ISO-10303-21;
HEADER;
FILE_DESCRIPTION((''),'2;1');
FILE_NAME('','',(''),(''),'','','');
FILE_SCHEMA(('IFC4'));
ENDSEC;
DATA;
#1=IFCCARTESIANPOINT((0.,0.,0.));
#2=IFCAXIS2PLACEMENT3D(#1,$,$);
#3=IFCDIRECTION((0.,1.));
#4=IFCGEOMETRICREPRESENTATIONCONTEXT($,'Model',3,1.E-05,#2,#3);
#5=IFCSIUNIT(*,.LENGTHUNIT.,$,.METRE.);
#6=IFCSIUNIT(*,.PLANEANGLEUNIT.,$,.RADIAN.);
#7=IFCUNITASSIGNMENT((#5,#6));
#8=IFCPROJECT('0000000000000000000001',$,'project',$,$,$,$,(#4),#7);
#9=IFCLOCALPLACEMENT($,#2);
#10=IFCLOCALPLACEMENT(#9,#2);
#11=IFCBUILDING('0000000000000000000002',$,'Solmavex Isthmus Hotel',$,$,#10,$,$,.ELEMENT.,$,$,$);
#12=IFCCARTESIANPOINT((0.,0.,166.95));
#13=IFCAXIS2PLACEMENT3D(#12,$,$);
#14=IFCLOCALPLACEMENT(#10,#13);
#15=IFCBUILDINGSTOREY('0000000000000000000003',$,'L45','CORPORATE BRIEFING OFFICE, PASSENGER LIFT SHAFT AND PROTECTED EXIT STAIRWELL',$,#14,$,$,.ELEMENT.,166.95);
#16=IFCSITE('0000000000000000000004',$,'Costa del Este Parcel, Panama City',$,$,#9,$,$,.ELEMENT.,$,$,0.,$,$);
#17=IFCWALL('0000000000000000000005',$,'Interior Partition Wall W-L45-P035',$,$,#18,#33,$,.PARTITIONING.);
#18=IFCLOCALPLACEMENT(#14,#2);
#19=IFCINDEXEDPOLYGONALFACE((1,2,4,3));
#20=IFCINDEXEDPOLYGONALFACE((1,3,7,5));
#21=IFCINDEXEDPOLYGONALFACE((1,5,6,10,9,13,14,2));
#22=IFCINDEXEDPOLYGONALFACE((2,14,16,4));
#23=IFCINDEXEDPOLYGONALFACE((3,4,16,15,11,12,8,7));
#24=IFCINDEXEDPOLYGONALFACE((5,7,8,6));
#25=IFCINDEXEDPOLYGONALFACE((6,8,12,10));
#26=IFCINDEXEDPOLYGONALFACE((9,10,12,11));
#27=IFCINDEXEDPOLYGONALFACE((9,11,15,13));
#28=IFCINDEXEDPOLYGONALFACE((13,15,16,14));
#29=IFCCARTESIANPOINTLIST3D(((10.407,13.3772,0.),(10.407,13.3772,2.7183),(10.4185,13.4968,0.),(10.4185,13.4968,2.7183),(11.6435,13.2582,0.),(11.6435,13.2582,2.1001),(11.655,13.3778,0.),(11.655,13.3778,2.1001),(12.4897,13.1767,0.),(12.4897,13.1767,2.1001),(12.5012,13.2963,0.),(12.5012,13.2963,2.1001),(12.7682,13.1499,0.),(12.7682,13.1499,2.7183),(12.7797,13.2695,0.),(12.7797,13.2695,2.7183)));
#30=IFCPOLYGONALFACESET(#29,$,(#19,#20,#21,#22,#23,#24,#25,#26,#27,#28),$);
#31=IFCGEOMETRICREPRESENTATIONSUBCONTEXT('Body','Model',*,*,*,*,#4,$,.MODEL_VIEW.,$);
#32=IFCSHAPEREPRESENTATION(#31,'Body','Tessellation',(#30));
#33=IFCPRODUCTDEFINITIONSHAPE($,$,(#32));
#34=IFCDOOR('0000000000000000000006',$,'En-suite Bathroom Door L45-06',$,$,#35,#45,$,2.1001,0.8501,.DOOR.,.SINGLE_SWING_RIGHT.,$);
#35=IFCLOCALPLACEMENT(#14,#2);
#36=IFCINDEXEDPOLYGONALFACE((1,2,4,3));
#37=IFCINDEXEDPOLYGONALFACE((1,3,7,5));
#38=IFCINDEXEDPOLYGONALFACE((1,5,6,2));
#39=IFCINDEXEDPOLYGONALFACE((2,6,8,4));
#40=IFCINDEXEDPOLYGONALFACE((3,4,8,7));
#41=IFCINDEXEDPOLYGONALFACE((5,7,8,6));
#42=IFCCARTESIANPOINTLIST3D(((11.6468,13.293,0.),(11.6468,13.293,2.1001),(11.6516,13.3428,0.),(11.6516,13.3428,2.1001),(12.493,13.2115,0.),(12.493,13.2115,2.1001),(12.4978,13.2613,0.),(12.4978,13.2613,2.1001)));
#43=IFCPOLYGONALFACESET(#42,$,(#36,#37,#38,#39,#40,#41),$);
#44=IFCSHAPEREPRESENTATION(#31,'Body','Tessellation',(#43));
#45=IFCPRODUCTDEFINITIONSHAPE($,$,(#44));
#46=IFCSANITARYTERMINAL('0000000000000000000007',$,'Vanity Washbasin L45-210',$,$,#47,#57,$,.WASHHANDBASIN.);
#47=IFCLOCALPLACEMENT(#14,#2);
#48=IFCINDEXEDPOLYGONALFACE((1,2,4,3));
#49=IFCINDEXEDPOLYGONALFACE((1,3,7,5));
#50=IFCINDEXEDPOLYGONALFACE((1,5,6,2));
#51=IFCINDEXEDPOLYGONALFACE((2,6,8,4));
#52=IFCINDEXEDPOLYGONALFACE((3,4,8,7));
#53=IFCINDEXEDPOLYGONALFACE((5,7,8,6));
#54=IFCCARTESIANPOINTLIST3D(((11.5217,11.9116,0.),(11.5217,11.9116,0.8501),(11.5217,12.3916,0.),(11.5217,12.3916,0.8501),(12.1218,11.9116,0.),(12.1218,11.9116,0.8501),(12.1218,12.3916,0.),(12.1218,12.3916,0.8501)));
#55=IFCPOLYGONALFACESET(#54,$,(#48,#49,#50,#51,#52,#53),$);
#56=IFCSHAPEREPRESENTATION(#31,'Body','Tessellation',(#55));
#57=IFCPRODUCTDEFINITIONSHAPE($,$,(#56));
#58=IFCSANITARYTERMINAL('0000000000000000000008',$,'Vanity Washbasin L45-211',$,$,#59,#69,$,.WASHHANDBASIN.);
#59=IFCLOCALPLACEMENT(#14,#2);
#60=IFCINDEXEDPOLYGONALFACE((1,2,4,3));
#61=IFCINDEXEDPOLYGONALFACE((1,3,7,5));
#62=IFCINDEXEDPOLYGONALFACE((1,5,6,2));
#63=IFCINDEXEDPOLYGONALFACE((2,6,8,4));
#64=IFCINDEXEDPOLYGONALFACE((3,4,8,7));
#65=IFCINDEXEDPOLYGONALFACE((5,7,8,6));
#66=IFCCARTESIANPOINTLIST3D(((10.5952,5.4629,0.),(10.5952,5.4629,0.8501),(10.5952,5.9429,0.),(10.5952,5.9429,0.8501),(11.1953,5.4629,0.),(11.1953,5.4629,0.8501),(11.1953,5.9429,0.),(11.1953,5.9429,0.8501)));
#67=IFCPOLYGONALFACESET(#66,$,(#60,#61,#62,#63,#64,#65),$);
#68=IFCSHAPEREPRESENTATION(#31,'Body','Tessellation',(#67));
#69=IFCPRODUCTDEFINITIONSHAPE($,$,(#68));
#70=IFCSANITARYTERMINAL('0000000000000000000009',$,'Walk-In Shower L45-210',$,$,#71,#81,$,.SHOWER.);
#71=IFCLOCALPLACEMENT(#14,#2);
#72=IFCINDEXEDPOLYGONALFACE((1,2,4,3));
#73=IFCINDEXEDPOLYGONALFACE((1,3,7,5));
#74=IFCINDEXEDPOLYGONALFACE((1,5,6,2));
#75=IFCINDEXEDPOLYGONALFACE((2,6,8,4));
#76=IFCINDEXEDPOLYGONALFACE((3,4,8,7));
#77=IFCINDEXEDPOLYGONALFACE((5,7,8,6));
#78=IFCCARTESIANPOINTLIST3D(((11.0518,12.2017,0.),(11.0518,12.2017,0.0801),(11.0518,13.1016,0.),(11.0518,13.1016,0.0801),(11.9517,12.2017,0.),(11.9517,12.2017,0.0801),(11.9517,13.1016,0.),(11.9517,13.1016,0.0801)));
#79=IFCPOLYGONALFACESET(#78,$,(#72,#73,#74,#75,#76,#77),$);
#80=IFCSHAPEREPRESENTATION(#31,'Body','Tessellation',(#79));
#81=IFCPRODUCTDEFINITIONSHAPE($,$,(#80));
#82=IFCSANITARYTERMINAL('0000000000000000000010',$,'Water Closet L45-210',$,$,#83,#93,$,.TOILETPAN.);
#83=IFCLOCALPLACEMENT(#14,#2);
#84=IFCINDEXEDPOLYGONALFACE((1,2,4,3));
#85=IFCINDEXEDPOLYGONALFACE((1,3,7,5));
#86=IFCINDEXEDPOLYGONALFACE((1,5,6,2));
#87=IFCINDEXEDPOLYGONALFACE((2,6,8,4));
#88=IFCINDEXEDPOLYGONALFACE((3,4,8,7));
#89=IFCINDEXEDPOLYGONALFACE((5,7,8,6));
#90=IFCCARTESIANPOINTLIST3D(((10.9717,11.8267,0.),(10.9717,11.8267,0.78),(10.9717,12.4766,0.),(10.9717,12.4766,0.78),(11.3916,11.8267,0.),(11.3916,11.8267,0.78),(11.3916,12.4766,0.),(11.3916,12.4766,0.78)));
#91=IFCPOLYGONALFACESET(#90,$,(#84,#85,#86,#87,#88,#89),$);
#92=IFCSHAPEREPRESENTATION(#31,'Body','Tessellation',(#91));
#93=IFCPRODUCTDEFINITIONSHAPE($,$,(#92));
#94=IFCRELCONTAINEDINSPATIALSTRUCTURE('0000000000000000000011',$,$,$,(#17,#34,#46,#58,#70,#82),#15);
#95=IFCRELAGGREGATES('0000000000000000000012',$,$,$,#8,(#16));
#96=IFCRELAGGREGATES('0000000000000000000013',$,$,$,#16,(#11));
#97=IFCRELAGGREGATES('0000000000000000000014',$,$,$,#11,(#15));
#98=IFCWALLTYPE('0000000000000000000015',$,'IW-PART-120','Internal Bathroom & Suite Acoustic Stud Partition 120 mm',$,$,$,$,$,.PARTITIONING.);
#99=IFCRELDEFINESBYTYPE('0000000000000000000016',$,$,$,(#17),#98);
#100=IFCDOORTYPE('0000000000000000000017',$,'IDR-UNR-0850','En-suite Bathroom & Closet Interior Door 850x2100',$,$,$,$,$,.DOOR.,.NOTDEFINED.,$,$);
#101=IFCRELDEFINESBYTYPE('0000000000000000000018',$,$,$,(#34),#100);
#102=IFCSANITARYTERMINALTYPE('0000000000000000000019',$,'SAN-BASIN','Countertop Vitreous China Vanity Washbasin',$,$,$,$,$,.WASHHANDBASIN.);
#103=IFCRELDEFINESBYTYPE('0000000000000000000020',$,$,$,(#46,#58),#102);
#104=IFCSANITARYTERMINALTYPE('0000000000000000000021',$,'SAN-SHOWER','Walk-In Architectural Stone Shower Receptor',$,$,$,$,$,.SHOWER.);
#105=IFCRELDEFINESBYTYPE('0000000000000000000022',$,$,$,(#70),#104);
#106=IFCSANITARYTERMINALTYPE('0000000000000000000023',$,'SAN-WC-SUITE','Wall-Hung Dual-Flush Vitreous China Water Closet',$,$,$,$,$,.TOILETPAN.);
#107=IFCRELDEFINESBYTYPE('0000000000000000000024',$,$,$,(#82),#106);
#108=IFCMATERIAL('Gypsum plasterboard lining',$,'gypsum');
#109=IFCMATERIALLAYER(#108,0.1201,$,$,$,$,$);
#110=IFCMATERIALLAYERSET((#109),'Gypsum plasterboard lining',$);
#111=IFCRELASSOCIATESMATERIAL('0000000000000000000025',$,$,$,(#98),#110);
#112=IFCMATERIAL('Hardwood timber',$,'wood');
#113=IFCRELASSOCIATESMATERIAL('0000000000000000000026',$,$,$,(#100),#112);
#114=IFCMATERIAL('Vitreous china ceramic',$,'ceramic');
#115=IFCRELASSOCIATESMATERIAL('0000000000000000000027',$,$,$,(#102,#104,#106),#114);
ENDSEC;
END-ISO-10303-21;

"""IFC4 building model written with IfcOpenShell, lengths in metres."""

from ifc_helpers import new_model, si_unit, direction, frame, frame_2d, origin, origin_2d, place, context, subcontext, project, spatial, rectangle, extrude, material, layer, layer_set, type_object, element, fill, save


model = new_model("IFC4")

# Units and contexts
model_context = context("Model", 3, precision=1e-05, world=origin(), true_north=direction((0.0, 1.0)))
body_context = subcontext(model_context, "Body", "Model", "MODEL_VIEW")
ifc_project = project(units=[si_unit("LENGTHUNIT", "METRE"), si_unit("PLANEANGLEUNIT", "RADIAN")], contexts=[model_context])

# Site, building, storey
site_placement = place(None, origin())
site = spatial("IfcSite", under=ifc_project, at=site_placement, Name="Costa del Este Parcel, Panama City", CompositionType="ELEMENT", RefElevation=0.0)
building_placement = place(site_placement, origin())
building = spatial("IfcBuilding", under=site, at=building_placement, Name="Solmavex Isthmus Hotel", CompositionType="ELEMENT")
storey_placement = place(building_placement, frame((0.0, 0.0, 166.95)))
storey = spatial("IfcBuildingStorey", under=building, at=storey_placement, Name="L45", Description="CORPORATE BRIEFING OFFICE, PASSENGER LIFT SHAFT AND PROTECTED EXIT STAIRWELL", CompositionType="ELEMENT", Elevation=166.95)

# Shared definitions
ifc_material_1 = material(Name="Gypsum plasterboard lining", Category="gypsum")

# Shared definitions
ifc_material_2 = material(Name="Hardwood timber", Category="wood")

# Shared definitions
ifc_layer_1 = layer(ifc_material_1, 0.1201)
ifc_layer_set_1 = layer_set([ifc_layer_1], Name="Gypsum plasterboard lining")
wall_type_1 = type_object("IfcWallType", Name="IW-PART-120", Description="Internal Bathroom & Suite Acoustic Stud Partition 120 mm", PredefinedType="PARTITIONING", material=ifc_layer_set_1)

# Wall, opening, door
wall_1_placement = place(storey_placement, frame((12.7739, 13.2097, 0.0), z_axis=(0.0, 0.0, 1.0), x_axis=(-0.995398, 0.095824, 0.0)))
wall_1 = element("IfcWall", 1, at=wall_1_placement, inside=storey, type_object=wall_type_1, Name="Interior Partition Wall W-L45-P035", PredefinedType="PARTITIONING", context=body_context, shape_type="SweptSolid", body=[
    extrude(rectangle(XDim=2.3721, YDim=0.1201, at=frame_2d((1.186, 0.0))), origin(), (0.0, 0.0, 1.0), 2.7183),
])
opening_1_placement = place(wall_1_placement, frame((0.2798, 0.0, 0.0)))
opening_1 = element("IfcOpeningElement", 2, at=opening_1_placement, cuts=wall_1, PredefinedType="OPENING", context=body_context, shape_type="SweptSolid", body=[
    extrude(rectangle(XDim=0.8501, YDim=2.1001, at=frame_2d((0.425, 1.05))), frame((0.0, 0.0701, 0.0), z_axis=(0.0, -1.0, 0.0), x_axis=(1.0, 0.0, 0.0)), (0.0, 0.0, 1.0), 0.1401),
])
door_type_1 = type_object("IfcDoorType", Name="IDR-UNR-0850", Description="En-suite Bathroom & Closet Interior Door 850x2100", OperationType="NOTDEFINED", PredefinedType="DOOR", material=ifc_material_2)
door_1_placement = place(opening_1_placement, frame((0.8501, 0.0, 0.0), z_axis=(0.0, 0.0, 1.0), x_axis=(-1.0, 0.0, 0.0)))
door_1 = element("IfcDoor", 3, at=door_1_placement, inside=storey, type_object=door_type_1, Name="En-suite Bathroom Door L45-06", OperationType="SINGLE_SWING_RIGHT", OverallHeight=2.1001, OverallWidth=0.8501, PredefinedType="DOOR", context=body_context, shape_type="SweptSolid", body=[
    extrude(rectangle(XDim=0.8501, YDim=2.1001, at=frame_2d((0.425, 1.05))), frame((0.0, 0.0249, 0.0), z_axis=(0.0, -1.0, 0.0), x_axis=(1.0, 0.0, 0.0)), (0.0, 0.0, 1.0), 0.05),
])
fill(opening_1, door_1)

# Sanitary terminals
ifc_material_3 = material(Name="Vitreous china ceramic", Category="ceramic")
sanitary_terminal_type_1 = type_object("IfcSanitaryTerminalType", Name="SAN-BASIN", Description="Countertop Vitreous China Vanity Washbasin", PredefinedType="WASHHANDBASIN", material=ifc_material_3)
for number, where, z_axis, x_axis, name in (
    (4, (11.8218, 12.1516, 0.0), (0.0, 0.0, 1.0), (1.0, 0.0, 0.0), "Vanity Washbasin L45-210"),
    (5, (10.8953, 5.7029, 0.0), (0.0, 0.0, 1.0), (1.0, 0.0, 0.0), "Vanity Washbasin L45-211"),
):
    element("IfcSanitaryTerminal", number, at=place(storey_placement, frame(where, z_axis=z_axis, x_axis=x_axis)), inside=storey, type_object=sanitary_terminal_type_1, Name=name, PredefinedType="WASHHANDBASIN", context=body_context, shape_type="SweptSolid", body=[
        extrude(rectangle(XDim=0.6001, YDim=0.48, at=origin_2d()), origin(), (0.0, 0.0, 1.0), 0.8501),
    ])
sanitary_terminal_type_2 = type_object("IfcSanitaryTerminalType", Name="SAN-SHOWER", Description="Walk-In Architectural Stone Shower Receptor", PredefinedType="SHOWER", material=ifc_material_3)
sanitary_terminal_1_placement = place(storey_placement, frame((11.5017, 12.6516, 0.0), z_axis=(0.0, 0.0, 1.0), x_axis=(1.0, 0.0, 0.0)))
element("IfcSanitaryTerminal", 6, at=sanitary_terminal_1_placement, inside=storey, type_object=sanitary_terminal_type_2, Name="Walk-In Shower L45-210", PredefinedType="SHOWER", context=body_context, shape_type="SweptSolid", body=[
    extrude(rectangle(XDim=0.8999, YDim=0.8999, at=origin_2d()), origin(), (0.0, 0.0, 1.0), 0.0801),
])
sanitary_terminal_type_3 = type_object("IfcSanitaryTerminalType", Name="SAN-WC-SUITE", Description="Wall-Hung Dual-Flush Vitreous China Water Closet", PredefinedType="TOILETPAN", material=ifc_material_3)
sanitary_terminal_2_placement = place(storey_placement, frame((11.1816, 12.1516, 0.0), z_axis=(0.0, 0.0, 1.0), x_axis=(1.0, 0.0, 0.0)))
element("IfcSanitaryTerminal", 7, at=sanitary_terminal_2_placement, inside=storey, type_object=sanitary_terminal_type_3, Name="Water Closet L45-210", PredefinedType="TOILETPAN", context=body_context, shape_type="SweptSolid", body=[
    extrude(rectangle(XDim=0.4199, YDim=0.6499, at=origin_2d()), origin(), (0.0, 0.0, 1.0), 0.78),
])

save(model, "model.ifc")
